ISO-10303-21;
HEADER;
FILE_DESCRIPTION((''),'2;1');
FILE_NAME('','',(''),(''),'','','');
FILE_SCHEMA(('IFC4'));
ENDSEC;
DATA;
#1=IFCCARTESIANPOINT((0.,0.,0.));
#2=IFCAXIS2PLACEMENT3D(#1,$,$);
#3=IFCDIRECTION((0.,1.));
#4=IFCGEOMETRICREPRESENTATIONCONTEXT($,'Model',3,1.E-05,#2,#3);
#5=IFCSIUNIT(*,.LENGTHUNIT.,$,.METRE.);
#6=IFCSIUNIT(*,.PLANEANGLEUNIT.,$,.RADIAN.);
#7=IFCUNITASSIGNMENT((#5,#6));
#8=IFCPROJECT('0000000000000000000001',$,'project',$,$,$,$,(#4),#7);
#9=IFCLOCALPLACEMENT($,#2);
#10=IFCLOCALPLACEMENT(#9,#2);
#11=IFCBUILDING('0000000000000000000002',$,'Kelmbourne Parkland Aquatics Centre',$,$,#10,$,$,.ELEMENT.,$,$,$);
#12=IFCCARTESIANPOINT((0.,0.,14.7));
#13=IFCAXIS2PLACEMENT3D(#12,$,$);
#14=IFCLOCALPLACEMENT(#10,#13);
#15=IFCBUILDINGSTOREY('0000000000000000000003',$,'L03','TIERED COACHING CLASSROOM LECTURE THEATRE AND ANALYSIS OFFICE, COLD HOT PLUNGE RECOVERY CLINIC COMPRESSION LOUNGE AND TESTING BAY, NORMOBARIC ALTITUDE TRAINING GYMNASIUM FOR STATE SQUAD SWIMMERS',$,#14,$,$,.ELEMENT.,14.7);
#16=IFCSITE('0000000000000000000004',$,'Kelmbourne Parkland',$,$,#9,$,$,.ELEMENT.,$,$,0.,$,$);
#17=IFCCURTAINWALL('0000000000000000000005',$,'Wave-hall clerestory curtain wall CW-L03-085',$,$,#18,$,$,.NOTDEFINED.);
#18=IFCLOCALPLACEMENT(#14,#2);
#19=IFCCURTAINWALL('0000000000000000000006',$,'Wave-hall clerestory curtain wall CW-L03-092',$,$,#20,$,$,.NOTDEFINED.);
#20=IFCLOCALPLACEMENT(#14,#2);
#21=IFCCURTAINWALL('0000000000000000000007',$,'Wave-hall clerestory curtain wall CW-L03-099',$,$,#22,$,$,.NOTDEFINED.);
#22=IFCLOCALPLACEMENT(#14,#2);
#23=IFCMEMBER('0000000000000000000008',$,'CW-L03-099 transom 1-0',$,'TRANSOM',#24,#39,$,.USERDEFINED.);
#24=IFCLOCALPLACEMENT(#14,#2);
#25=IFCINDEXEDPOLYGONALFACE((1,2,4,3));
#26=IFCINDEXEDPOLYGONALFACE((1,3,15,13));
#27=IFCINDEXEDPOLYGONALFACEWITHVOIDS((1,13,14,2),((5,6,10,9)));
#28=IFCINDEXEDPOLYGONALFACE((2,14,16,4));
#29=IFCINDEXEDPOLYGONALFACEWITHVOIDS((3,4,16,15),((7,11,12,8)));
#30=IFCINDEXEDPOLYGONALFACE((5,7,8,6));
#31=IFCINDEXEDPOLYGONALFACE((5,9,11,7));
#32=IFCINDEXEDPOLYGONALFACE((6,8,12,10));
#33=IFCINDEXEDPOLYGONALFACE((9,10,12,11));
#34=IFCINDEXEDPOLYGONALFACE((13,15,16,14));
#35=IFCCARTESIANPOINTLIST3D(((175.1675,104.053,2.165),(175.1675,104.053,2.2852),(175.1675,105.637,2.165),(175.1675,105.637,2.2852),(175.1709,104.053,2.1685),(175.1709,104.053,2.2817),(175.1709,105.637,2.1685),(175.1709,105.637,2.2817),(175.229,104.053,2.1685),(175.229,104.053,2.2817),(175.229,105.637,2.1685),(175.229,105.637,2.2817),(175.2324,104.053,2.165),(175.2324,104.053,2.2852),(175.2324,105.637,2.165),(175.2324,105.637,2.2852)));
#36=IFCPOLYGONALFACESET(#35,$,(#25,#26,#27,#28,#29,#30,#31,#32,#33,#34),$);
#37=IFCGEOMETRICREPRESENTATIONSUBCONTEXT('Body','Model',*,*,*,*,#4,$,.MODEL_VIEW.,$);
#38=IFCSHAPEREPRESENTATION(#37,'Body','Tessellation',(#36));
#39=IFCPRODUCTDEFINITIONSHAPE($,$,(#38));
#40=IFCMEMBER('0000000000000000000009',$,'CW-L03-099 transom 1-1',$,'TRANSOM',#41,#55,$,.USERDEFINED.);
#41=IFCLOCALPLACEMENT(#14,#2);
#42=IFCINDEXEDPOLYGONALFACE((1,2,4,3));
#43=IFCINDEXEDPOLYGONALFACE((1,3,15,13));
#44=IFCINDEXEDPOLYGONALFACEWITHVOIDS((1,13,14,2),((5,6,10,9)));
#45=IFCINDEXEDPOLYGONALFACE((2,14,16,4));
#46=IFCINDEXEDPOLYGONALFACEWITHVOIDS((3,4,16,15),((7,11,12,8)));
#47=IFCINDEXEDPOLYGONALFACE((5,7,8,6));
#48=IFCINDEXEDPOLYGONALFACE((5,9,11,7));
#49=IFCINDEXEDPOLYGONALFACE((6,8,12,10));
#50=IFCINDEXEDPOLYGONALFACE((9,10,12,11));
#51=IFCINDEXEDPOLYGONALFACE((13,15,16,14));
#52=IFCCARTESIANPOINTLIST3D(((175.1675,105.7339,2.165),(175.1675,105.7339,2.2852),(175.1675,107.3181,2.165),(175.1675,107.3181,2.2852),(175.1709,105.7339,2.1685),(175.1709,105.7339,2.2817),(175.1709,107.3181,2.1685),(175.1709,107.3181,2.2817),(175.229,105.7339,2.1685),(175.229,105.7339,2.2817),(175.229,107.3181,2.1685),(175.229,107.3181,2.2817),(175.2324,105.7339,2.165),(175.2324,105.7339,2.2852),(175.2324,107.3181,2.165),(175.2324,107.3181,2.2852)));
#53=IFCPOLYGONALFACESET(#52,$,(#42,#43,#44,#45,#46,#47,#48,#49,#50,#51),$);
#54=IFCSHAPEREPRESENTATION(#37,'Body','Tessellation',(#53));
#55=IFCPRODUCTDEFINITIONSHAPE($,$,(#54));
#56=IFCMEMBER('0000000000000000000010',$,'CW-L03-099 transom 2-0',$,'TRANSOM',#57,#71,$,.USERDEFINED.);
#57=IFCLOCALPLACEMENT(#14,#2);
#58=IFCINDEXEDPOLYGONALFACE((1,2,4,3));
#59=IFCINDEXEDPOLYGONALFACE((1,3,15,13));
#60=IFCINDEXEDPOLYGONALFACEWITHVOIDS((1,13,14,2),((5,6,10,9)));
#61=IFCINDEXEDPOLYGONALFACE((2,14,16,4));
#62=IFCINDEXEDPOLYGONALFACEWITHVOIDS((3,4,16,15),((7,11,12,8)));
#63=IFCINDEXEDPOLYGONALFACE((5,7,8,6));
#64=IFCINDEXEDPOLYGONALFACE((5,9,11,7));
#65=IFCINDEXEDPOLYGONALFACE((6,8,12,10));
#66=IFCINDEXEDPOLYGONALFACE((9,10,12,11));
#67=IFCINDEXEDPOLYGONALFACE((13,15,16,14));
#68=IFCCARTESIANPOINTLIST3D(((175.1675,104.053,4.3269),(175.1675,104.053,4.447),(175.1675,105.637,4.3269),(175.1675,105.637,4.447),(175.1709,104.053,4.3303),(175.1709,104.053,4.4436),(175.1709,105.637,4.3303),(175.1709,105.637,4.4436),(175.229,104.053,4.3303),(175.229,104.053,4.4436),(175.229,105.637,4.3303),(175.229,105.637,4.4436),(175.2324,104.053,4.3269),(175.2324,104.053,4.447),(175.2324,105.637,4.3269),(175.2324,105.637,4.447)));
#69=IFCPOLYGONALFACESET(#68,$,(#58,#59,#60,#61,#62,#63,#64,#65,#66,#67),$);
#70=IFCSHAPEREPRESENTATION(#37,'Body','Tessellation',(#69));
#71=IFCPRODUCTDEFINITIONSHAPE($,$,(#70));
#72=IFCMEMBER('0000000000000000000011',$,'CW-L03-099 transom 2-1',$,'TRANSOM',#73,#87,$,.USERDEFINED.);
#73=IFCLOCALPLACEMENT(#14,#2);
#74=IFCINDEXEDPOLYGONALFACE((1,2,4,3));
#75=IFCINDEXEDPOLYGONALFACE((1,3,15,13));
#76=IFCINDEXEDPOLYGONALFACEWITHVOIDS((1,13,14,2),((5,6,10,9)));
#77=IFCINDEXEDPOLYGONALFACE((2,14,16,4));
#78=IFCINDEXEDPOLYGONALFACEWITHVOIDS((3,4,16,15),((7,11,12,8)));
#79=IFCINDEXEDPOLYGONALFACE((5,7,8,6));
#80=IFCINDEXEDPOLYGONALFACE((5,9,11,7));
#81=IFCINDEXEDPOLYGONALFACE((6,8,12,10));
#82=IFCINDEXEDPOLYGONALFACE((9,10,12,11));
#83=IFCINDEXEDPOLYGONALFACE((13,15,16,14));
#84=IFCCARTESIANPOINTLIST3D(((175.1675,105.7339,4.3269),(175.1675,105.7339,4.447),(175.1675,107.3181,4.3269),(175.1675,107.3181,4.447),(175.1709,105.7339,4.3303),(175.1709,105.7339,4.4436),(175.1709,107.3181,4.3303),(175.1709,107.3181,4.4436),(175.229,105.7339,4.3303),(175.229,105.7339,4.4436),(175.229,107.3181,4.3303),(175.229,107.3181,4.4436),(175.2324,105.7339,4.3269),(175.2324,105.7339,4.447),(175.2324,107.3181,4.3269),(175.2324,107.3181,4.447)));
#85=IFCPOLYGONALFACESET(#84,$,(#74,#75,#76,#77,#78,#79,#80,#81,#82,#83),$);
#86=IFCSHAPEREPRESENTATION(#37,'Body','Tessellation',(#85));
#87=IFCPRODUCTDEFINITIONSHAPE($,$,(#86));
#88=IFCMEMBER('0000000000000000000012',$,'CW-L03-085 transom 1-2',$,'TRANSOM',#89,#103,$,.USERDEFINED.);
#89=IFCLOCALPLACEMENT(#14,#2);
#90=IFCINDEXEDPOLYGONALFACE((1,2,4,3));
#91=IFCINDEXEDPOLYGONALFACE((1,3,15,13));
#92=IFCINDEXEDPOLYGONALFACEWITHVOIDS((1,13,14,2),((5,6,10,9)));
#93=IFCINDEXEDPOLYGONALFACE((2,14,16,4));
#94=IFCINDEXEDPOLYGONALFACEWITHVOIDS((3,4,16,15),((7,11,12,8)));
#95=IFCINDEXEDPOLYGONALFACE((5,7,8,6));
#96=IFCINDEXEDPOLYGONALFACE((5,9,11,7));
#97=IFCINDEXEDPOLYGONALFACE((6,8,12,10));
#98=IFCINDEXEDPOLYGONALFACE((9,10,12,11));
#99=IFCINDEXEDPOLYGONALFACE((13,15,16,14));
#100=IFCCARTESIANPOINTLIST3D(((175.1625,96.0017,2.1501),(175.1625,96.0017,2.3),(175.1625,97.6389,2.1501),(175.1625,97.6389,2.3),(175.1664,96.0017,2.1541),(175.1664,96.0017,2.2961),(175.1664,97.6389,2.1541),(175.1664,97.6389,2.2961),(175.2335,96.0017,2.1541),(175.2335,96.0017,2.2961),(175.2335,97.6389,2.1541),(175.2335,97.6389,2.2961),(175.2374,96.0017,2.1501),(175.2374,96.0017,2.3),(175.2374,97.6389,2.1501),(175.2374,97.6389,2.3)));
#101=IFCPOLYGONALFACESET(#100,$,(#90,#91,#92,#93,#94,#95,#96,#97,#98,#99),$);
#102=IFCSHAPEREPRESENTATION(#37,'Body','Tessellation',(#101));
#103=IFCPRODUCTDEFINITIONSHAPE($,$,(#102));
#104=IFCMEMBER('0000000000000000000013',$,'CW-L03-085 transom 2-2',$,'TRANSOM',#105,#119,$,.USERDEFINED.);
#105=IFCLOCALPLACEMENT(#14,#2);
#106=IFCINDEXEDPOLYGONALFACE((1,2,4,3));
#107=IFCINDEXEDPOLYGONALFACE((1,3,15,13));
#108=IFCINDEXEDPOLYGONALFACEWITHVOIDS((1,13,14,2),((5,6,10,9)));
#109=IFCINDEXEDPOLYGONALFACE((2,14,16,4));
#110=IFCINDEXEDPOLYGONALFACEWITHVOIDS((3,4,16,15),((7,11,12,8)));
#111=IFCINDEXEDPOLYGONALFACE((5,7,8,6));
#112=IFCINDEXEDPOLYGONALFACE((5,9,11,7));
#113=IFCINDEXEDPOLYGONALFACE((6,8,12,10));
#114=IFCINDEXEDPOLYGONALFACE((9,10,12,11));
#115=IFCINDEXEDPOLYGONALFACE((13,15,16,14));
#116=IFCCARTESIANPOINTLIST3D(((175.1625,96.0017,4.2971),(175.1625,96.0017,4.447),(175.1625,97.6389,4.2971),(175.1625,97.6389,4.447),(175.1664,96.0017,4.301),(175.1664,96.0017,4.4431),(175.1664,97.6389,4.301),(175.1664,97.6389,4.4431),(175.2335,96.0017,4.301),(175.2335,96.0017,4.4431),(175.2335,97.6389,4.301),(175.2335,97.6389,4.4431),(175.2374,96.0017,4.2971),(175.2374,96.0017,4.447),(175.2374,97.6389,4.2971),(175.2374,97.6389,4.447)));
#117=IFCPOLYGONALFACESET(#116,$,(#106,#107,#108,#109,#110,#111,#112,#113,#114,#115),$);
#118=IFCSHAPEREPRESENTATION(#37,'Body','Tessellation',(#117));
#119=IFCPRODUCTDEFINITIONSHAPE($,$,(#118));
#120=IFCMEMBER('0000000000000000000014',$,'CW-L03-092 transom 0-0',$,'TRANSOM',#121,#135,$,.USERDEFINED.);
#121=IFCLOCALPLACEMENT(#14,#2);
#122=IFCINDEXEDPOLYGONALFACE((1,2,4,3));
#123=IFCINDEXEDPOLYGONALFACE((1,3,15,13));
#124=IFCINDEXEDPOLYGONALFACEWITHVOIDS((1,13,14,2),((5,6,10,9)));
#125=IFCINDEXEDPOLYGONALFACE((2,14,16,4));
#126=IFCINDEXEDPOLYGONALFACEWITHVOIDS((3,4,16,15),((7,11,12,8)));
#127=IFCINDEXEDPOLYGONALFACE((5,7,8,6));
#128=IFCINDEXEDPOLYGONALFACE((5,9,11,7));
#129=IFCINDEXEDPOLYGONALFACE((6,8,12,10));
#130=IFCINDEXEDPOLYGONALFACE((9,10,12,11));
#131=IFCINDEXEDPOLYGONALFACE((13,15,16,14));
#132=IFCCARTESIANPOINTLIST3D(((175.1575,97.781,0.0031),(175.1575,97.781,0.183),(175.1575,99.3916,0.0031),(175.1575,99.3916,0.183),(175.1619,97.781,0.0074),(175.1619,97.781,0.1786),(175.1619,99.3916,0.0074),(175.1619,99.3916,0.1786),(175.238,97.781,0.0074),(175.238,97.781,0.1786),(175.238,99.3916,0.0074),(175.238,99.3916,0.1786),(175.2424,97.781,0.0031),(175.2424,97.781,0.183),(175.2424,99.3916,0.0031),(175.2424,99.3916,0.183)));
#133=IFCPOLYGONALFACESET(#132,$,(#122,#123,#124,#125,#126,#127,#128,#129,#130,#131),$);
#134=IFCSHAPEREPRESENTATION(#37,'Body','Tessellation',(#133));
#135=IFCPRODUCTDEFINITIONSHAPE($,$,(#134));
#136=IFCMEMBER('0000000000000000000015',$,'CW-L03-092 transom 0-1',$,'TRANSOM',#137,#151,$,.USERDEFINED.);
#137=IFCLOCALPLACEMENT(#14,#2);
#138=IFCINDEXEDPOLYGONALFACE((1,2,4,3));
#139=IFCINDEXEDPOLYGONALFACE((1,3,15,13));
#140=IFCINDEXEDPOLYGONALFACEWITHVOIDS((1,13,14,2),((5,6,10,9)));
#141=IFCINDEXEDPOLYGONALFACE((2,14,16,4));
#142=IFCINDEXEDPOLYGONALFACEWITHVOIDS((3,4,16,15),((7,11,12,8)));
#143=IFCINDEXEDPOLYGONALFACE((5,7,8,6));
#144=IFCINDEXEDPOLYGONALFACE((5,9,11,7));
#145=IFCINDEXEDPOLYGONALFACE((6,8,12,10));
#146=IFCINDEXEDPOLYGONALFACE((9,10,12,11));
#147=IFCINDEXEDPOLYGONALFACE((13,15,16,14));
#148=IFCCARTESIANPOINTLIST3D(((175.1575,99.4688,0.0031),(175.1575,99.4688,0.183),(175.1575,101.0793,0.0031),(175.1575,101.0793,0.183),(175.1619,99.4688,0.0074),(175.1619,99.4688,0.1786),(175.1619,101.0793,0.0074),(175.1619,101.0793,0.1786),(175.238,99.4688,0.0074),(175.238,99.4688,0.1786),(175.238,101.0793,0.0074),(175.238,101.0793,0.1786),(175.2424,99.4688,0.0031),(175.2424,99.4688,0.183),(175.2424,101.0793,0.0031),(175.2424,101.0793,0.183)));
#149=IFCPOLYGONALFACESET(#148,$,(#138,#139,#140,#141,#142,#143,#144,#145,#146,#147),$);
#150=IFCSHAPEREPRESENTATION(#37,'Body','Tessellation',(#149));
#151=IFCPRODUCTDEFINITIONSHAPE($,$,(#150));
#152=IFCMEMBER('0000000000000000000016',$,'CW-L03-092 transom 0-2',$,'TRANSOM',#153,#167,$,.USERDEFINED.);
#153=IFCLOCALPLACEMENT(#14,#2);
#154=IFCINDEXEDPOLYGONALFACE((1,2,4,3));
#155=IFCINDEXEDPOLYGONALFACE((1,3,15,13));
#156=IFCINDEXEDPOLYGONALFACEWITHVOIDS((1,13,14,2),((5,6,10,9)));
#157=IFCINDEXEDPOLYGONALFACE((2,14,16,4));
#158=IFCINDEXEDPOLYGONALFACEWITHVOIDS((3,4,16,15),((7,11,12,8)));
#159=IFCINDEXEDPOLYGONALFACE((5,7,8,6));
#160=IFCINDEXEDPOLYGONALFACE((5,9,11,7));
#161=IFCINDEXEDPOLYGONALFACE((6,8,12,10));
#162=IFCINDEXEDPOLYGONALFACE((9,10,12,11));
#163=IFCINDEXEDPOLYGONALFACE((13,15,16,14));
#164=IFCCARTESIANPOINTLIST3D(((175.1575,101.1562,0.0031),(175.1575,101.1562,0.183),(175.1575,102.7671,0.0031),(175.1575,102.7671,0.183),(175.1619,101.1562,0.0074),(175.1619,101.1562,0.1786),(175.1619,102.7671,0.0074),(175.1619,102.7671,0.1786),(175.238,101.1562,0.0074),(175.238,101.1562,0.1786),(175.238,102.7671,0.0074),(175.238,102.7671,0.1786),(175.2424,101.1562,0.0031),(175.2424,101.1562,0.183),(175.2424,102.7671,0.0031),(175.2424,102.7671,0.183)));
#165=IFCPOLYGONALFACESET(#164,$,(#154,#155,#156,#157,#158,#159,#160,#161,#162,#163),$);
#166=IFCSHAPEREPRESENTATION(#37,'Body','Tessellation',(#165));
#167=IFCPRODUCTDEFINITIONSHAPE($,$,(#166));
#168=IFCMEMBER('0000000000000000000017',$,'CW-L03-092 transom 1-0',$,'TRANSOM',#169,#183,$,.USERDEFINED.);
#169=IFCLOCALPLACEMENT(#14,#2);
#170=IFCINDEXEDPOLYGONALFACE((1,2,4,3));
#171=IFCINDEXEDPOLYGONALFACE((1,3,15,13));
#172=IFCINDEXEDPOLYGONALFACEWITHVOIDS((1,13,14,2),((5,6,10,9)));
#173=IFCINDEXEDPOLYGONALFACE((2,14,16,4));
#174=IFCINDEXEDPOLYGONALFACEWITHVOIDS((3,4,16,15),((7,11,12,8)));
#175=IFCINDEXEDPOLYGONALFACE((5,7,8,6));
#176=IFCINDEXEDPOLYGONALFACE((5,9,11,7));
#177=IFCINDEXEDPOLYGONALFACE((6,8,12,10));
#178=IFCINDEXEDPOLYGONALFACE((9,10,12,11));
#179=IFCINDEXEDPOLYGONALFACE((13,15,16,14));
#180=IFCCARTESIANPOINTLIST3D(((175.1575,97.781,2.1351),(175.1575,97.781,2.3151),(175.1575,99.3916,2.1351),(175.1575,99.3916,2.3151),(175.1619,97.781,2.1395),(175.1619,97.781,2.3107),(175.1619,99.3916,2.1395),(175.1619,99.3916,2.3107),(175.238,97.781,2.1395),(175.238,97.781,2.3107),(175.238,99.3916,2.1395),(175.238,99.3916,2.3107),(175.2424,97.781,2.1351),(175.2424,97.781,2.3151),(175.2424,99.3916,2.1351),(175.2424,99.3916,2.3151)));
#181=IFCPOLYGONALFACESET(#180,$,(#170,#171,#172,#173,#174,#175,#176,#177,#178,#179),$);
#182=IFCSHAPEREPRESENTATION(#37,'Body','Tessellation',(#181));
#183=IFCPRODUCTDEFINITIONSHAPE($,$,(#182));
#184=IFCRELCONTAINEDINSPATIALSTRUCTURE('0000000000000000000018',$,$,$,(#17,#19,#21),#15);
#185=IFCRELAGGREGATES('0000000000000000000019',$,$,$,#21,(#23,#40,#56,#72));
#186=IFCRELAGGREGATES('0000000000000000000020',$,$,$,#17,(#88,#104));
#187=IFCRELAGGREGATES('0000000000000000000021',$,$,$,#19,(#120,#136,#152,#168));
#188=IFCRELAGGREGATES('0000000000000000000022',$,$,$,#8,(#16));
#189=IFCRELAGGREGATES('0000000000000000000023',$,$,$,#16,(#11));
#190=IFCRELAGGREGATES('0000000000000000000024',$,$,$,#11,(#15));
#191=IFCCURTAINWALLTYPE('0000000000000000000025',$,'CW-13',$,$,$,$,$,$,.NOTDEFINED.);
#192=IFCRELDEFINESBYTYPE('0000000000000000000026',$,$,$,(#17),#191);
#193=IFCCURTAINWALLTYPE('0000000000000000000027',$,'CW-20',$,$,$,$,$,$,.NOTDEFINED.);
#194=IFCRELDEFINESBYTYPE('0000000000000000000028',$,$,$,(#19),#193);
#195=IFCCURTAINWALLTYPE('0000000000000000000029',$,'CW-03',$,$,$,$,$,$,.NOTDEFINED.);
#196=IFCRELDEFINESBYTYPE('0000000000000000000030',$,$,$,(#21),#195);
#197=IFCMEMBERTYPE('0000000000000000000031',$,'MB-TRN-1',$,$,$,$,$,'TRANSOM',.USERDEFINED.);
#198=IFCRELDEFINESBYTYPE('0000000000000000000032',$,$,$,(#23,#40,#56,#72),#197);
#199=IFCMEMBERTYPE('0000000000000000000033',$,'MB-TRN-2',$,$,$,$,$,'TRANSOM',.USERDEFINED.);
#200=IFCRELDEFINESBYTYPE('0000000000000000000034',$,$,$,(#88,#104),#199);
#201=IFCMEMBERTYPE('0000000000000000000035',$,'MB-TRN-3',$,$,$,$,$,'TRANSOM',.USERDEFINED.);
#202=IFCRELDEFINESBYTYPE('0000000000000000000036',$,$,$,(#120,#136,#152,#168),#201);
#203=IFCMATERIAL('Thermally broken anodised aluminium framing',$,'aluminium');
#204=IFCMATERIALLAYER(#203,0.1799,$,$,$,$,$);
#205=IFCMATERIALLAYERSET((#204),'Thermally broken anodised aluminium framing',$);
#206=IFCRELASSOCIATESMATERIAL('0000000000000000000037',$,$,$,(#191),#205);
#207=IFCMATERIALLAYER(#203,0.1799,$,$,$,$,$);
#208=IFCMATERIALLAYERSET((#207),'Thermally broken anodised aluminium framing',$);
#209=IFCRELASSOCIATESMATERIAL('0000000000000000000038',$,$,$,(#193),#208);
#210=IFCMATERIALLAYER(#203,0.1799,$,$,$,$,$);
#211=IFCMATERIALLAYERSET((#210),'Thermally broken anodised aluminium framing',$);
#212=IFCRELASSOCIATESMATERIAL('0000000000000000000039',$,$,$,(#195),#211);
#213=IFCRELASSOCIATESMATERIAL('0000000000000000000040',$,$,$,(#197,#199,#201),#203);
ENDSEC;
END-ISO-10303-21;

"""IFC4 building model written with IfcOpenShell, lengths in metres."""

from ifc_helpers import new_model, si_unit, direction, frame, origin, origin_2d, place, context, subcontext, project, spatial, hollow_rectangle, extrude, material, layer, layer_set, material_profile, profile_set, type_object, element, aggregate, save


model = new_model("IFC4")

# Units and contexts
model_context = context("Model", 3, precision=1e-05, world=origin(), true_north=direction((0.0, 1.0)))
body_context = subcontext(model_context, "Body", "Model", "MODEL_VIEW")
ifc_project = project(units=[si_unit("LENGTHUNIT", "METRE"), si_unit("PLANEANGLEUNIT", "RADIAN")], contexts=[model_context])

# Site, building, storey
site_placement = place(None, origin())
site = spatial("IfcSite", under=ifc_project, at=site_placement, Name="Kelmbourne Parkland", CompositionType="ELEMENT", RefElevation=0.0)
building_placement = place(site_placement, origin())
building = spatial("IfcBuilding", under=site, at=building_placement, Name="Kelmbourne Parkland Aquatics Centre", CompositionType="ELEMENT")
storey_placement = place(building_placement, frame((0.0, 0.0, 14.7)))
storey = spatial("IfcBuildingStorey", under=building, at=storey_placement, Name="L03", Description="TIERED COACHING CLASSROOM LECTURE THEATRE AND ANALYSIS OFFICE, COLD HOT PLUNGE RECOVERY CLINIC COMPRESSION LOUNGE AND TESTING BAY, NORMOBARIC ALTITUDE TRAINING GYMNASIUM FOR STATE SQUAD SWIMMERS", CompositionType="ELEMENT", Elevation=14.7)

# Curtain wall
ifc_material_1 = material(Name="Thermally broken anodised aluminium framing", Category="aluminium")
ifc_layer_1 = layer(ifc_material_1, 0.1799)
ifc_layer_set_1 = layer_set([ifc_layer_1], Name="Thermally broken anodised aluminium framing")
curtain_wall_type_1 = type_object("IfcCurtainWallType", Name="CW-13", PredefinedType="NOTDEFINED", material=ifc_layer_set_1)
curtain_wall_1_placement = place(storey_placement, origin())
curtain_wall_1 = element("IfcCurtainWall", 1, at=curtain_wall_1_placement, inside=storey, type_object=curtain_wall_type_1, Name="Wave-hall clerestory curtain wall CW-L03-085", PredefinedType="NOTDEFINED")

# Curtain walls, members
ifc_layer_2 = layer(ifc_material_1, 0.1799)
ifc_layer_set_2 = layer_set([ifc_layer_2], Name="Thermally broken anodised aluminium framing")
curtain_wall_type_2 = type_object("IfcCurtainWallType", Name="CW-20", PredefinedType="NOTDEFINED", material=ifc_layer_set_2)
curtain_wall_2_placement = place(storey_placement, origin())
curtain_wall_2 = element("IfcCurtainWall", 2, at=curtain_wall_2_placement, inside=storey, type_object=curtain_wall_type_2, Name="Wave-hall clerestory curtain wall CW-L03-092", PredefinedType="NOTDEFINED")
ifc_layer_3 = layer(ifc_material_1, 0.1799)
ifc_layer_set_3 = layer_set([ifc_layer_3], Name="Thermally broken anodised aluminium framing")
curtain_wall_type_3 = type_object("IfcCurtainWallType", Name="CW-03", PredefinedType="NOTDEFINED", material=ifc_layer_set_3)
curtain_wall_3_placement = place(storey_placement, origin())
curtain_wall_3 = element("IfcCurtainWall", 3, at=curtain_wall_3_placement, inside=storey, type_object=curtain_wall_type_3, Name="Wave-hall clerestory curtain wall CW-L03-099", PredefinedType="NOTDEFINED")
ifc_material_profile_1 = material_profile(ifc_material_1, hollow_rectangle(XDim=0.0649, YDim=0.1201, WallThickness=0.0034, at=origin_2d()), Name="CW-T 65x120")
ifc_profile_set_1 = profile_set([ifc_material_profile_1], Name="Thermally broken anodised aluminium framing")
member_type_1 = type_object("IfcMemberType", Name="MB-TRN-1", ElementType="TRANSOM", PredefinedType="USERDEFINED", material=ifc_profile_set_1)
member_1_placement = place(storey_placement, frame((175.2, 104.053, 2.2251), z_axis=(0.0, 1.0, 0.0), x_axis=(-1.0, 0.0, 0.0)))
member_1 = element("IfcMember", 4, at=member_1_placement, type_object=member_type_1, Name="CW-L03-099 transom 1-0", ObjectType="TRANSOM", PredefinedType="USERDEFINED", context=body_context, shape_type="SweptSolid", body=[
    extrude(hollow_rectangle(XDim=0.0649, YDim=0.1201, WallThickness=0.0034, at=origin_2d()), origin(), (0.0, 0.0, 1.0), 1.584),
])
member_2_placement = place(storey_placement, frame((175.2, 105.7339, 2.2251), z_axis=(0.0, 1.0, 0.0), x_axis=(-1.0, 0.0, 0.0)))
member_2 = element("IfcMember", 5, at=member_2_placement, type_object=member_type_1, Name="CW-L03-099 transom 1-1", ObjectType="TRANSOM", PredefinedType="USERDEFINED", context=body_context, shape_type="SweptSolid", body=[
    extrude(hollow_rectangle(XDim=0.0649, YDim=0.1201, WallThickness=0.0034, at=origin_2d()), origin(), (0.0, 0.0, 1.0), 1.5842),
])
member_3_placement = place(storey_placement, frame((175.2, 104.053, 4.387), z_axis=(0.0, 1.0, 0.0), x_axis=(-1.0, 0.0, 0.0)))
member_3 = element("IfcMember", 6, at=member_3_placement, type_object=member_type_1, Name="CW-L03-099 transom 2-0", ObjectType="TRANSOM", PredefinedType="USERDEFINED", context=body_context, shape_type="SweptSolid", body=[
    extrude(hollow_rectangle(XDim=0.0649, YDim=0.1201, WallThickness=0.0034, at=origin_2d()), origin(), (0.0, 0.0, 1.0), 1.584),
])
member_4_placement = place(storey_placement, frame((175.2, 105.7339, 4.387), z_axis=(0.0, 1.0, 0.0), x_axis=(-1.0, 0.0, 0.0)))
member_4 = element("IfcMember", 7, at=member_4_placement, type_object=member_type_1, Name="CW-L03-099 transom 2-1", ObjectType="TRANSOM", PredefinedType="USERDEFINED", context=body_context, shape_type="SweptSolid", body=[
    extrude(hollow_rectangle(XDim=0.0649, YDim=0.1201, WallThickness=0.0034, at=origin_2d()), origin(), (0.0, 0.0, 1.0), 1.5842),
])

# Members
ifc_material_profile_2 = material_profile(ifc_material_1, hollow_rectangle(XDim=0.075, YDim=0.1499, WallThickness=0.0039, at=origin_2d()), Name="CW-T 75x150")
ifc_profile_set_2 = profile_set([ifc_material_profile_2], Name="Thermally broken anodised aluminium framing")
member_type_2 = type_object("IfcMemberType", Name="MB-TRN-2", ElementType="TRANSOM", PredefinedType="USERDEFINED", material=ifc_profile_set_2)
member_5_placement = place(storey_placement, frame((175.2, 96.0017, 2.2251), z_axis=(0.0, 1.0, 0.0), x_axis=(-1.0, 0.0, 0.0)))
member_5 = element("IfcMember", 8, at=member_5_placement, type_object=member_type_2, Name="CW-L03-085 transom 1-2", ObjectType="TRANSOM", PredefinedType="USERDEFINED", context=body_context, shape_type="SweptSolid", body=[
    extrude(hollow_rectangle(XDim=0.075, YDim=0.1499, WallThickness=0.0039, at=origin_2d()), origin(), (0.0, 0.0, 1.0), 1.6372),
])
member_6_placement = place(storey_placement, frame((175.2, 96.0017, 4.3721), z_axis=(0.0, 1.0, 0.0), x_axis=(-1.0, 0.0, 0.0)))
member_6 = element("IfcMember", 9, at=member_6_placement, type_object=member_type_2, Name="CW-L03-085 transom 2-2", ObjectType="TRANSOM", PredefinedType="USERDEFINED", context=body_context, shape_type="SweptSolid", body=[
    extrude(hollow_rectangle(XDim=0.075, YDim=0.1499, WallThickness=0.0039, at=origin_2d()), origin(), (0.0, 0.0, 1.0), 1.6372),
])
ifc_material_profile_3 = material_profile(ifc_material_1, hollow_rectangle(XDim=0.085, YDim=0.1799, WallThickness=0.0044, at=origin_2d()), Name="CW-T 85x180")
ifc_profile_set_3 = profile_set([ifc_material_profile_3], Name="Thermally broken anodised aluminium framing")
member_type_3 = type_object("IfcMemberType", Name="MB-TRN-3", ElementType="TRANSOM", PredefinedType="USERDEFINED", material=ifc_profile_set_3)
member_7_placement = place(storey_placement, frame((175.2, 97.781, 0.093), z_axis=(0.0, 1.0, 0.0), x_axis=(-1.0, 0.0, 0.0)))
member_7 = element("IfcMember", 10, at=member_7_placement, type_object=member_type_3, Name="CW-L03-092 transom 0-0", ObjectType="TRANSOM", PredefinedType="USERDEFINED", context=body_context, shape_type="SweptSolid", body=[
    extrude(hollow_rectangle(XDim=0.085, YDim=0.1799, WallThickness=0.0044, at=origin_2d()), origin(), (0.0, 0.0, 1.0), 1.6106),
])
member_8_placement = place(storey_placement, frame((175.2, 99.4688, 0.093), z_axis=(0.0, 1.0, 0.0), x_axis=(-1.0, 0.0, 0.0)))
member_8 = element("IfcMember", 11, at=member_8_placement, type_object=member_type_3, Name="CW-L03-092 transom 0-1", ObjectType="TRANSOM", PredefinedType="USERDEFINED", context=body_context, shape_type="SweptSolid", body=[
    extrude(hollow_rectangle(XDim=0.085, YDim=0.1799, WallThickness=0.0044, at=origin_2d()), origin(), (0.0, 0.0, 1.0), 1.6106),
])
member_9_placement = place(storey_placement, frame((175.2, 101.1562, 0.093), z_axis=(0.0, 1.0, 0.0), x_axis=(-1.0, 0.0, 0.0)))
member_9 = element("IfcMember", 12, at=member_9_placement, type_object=member_type_3, Name="CW-L03-092 transom 0-2", ObjectType="TRANSOM", PredefinedType="USERDEFINED", context=body_context, shape_type="SweptSolid", body=[
    extrude(hollow_rectangle(XDim=0.085, YDim=0.1799, WallThickness=0.0044, at=origin_2d()), origin(), (0.0, 0.0, 1.0), 1.6108),
])
member_10_placement = place(storey_placement, frame((175.2, 97.781, 2.2251), z_axis=(0.0, 1.0, 0.0), x_axis=(-1.0, 0.0, 0.0)))
member_10 = element("IfcMember", 13, at=member_10_placement, type_object=member_type_3, Name="CW-L03-092 transom 1-0", ObjectType="TRANSOM", PredefinedType="USERDEFINED", context=body_context, shape_type="SweptSolid", body=[
    extrude(hollow_rectangle(XDim=0.085, YDim=0.1799, WallThickness=0.0044, at=origin_2d()), origin(), (0.0, 0.0, 1.0), 1.6106),
])

aggregate(curtain_wall_3, [member_1, member_2, member_3, member_4])
aggregate(curtain_wall_1, [member_5, member_6])
aggregate(curtain_wall_2, [member_7, member_8, member_9, member_10])

save(model, "model.ifc")
